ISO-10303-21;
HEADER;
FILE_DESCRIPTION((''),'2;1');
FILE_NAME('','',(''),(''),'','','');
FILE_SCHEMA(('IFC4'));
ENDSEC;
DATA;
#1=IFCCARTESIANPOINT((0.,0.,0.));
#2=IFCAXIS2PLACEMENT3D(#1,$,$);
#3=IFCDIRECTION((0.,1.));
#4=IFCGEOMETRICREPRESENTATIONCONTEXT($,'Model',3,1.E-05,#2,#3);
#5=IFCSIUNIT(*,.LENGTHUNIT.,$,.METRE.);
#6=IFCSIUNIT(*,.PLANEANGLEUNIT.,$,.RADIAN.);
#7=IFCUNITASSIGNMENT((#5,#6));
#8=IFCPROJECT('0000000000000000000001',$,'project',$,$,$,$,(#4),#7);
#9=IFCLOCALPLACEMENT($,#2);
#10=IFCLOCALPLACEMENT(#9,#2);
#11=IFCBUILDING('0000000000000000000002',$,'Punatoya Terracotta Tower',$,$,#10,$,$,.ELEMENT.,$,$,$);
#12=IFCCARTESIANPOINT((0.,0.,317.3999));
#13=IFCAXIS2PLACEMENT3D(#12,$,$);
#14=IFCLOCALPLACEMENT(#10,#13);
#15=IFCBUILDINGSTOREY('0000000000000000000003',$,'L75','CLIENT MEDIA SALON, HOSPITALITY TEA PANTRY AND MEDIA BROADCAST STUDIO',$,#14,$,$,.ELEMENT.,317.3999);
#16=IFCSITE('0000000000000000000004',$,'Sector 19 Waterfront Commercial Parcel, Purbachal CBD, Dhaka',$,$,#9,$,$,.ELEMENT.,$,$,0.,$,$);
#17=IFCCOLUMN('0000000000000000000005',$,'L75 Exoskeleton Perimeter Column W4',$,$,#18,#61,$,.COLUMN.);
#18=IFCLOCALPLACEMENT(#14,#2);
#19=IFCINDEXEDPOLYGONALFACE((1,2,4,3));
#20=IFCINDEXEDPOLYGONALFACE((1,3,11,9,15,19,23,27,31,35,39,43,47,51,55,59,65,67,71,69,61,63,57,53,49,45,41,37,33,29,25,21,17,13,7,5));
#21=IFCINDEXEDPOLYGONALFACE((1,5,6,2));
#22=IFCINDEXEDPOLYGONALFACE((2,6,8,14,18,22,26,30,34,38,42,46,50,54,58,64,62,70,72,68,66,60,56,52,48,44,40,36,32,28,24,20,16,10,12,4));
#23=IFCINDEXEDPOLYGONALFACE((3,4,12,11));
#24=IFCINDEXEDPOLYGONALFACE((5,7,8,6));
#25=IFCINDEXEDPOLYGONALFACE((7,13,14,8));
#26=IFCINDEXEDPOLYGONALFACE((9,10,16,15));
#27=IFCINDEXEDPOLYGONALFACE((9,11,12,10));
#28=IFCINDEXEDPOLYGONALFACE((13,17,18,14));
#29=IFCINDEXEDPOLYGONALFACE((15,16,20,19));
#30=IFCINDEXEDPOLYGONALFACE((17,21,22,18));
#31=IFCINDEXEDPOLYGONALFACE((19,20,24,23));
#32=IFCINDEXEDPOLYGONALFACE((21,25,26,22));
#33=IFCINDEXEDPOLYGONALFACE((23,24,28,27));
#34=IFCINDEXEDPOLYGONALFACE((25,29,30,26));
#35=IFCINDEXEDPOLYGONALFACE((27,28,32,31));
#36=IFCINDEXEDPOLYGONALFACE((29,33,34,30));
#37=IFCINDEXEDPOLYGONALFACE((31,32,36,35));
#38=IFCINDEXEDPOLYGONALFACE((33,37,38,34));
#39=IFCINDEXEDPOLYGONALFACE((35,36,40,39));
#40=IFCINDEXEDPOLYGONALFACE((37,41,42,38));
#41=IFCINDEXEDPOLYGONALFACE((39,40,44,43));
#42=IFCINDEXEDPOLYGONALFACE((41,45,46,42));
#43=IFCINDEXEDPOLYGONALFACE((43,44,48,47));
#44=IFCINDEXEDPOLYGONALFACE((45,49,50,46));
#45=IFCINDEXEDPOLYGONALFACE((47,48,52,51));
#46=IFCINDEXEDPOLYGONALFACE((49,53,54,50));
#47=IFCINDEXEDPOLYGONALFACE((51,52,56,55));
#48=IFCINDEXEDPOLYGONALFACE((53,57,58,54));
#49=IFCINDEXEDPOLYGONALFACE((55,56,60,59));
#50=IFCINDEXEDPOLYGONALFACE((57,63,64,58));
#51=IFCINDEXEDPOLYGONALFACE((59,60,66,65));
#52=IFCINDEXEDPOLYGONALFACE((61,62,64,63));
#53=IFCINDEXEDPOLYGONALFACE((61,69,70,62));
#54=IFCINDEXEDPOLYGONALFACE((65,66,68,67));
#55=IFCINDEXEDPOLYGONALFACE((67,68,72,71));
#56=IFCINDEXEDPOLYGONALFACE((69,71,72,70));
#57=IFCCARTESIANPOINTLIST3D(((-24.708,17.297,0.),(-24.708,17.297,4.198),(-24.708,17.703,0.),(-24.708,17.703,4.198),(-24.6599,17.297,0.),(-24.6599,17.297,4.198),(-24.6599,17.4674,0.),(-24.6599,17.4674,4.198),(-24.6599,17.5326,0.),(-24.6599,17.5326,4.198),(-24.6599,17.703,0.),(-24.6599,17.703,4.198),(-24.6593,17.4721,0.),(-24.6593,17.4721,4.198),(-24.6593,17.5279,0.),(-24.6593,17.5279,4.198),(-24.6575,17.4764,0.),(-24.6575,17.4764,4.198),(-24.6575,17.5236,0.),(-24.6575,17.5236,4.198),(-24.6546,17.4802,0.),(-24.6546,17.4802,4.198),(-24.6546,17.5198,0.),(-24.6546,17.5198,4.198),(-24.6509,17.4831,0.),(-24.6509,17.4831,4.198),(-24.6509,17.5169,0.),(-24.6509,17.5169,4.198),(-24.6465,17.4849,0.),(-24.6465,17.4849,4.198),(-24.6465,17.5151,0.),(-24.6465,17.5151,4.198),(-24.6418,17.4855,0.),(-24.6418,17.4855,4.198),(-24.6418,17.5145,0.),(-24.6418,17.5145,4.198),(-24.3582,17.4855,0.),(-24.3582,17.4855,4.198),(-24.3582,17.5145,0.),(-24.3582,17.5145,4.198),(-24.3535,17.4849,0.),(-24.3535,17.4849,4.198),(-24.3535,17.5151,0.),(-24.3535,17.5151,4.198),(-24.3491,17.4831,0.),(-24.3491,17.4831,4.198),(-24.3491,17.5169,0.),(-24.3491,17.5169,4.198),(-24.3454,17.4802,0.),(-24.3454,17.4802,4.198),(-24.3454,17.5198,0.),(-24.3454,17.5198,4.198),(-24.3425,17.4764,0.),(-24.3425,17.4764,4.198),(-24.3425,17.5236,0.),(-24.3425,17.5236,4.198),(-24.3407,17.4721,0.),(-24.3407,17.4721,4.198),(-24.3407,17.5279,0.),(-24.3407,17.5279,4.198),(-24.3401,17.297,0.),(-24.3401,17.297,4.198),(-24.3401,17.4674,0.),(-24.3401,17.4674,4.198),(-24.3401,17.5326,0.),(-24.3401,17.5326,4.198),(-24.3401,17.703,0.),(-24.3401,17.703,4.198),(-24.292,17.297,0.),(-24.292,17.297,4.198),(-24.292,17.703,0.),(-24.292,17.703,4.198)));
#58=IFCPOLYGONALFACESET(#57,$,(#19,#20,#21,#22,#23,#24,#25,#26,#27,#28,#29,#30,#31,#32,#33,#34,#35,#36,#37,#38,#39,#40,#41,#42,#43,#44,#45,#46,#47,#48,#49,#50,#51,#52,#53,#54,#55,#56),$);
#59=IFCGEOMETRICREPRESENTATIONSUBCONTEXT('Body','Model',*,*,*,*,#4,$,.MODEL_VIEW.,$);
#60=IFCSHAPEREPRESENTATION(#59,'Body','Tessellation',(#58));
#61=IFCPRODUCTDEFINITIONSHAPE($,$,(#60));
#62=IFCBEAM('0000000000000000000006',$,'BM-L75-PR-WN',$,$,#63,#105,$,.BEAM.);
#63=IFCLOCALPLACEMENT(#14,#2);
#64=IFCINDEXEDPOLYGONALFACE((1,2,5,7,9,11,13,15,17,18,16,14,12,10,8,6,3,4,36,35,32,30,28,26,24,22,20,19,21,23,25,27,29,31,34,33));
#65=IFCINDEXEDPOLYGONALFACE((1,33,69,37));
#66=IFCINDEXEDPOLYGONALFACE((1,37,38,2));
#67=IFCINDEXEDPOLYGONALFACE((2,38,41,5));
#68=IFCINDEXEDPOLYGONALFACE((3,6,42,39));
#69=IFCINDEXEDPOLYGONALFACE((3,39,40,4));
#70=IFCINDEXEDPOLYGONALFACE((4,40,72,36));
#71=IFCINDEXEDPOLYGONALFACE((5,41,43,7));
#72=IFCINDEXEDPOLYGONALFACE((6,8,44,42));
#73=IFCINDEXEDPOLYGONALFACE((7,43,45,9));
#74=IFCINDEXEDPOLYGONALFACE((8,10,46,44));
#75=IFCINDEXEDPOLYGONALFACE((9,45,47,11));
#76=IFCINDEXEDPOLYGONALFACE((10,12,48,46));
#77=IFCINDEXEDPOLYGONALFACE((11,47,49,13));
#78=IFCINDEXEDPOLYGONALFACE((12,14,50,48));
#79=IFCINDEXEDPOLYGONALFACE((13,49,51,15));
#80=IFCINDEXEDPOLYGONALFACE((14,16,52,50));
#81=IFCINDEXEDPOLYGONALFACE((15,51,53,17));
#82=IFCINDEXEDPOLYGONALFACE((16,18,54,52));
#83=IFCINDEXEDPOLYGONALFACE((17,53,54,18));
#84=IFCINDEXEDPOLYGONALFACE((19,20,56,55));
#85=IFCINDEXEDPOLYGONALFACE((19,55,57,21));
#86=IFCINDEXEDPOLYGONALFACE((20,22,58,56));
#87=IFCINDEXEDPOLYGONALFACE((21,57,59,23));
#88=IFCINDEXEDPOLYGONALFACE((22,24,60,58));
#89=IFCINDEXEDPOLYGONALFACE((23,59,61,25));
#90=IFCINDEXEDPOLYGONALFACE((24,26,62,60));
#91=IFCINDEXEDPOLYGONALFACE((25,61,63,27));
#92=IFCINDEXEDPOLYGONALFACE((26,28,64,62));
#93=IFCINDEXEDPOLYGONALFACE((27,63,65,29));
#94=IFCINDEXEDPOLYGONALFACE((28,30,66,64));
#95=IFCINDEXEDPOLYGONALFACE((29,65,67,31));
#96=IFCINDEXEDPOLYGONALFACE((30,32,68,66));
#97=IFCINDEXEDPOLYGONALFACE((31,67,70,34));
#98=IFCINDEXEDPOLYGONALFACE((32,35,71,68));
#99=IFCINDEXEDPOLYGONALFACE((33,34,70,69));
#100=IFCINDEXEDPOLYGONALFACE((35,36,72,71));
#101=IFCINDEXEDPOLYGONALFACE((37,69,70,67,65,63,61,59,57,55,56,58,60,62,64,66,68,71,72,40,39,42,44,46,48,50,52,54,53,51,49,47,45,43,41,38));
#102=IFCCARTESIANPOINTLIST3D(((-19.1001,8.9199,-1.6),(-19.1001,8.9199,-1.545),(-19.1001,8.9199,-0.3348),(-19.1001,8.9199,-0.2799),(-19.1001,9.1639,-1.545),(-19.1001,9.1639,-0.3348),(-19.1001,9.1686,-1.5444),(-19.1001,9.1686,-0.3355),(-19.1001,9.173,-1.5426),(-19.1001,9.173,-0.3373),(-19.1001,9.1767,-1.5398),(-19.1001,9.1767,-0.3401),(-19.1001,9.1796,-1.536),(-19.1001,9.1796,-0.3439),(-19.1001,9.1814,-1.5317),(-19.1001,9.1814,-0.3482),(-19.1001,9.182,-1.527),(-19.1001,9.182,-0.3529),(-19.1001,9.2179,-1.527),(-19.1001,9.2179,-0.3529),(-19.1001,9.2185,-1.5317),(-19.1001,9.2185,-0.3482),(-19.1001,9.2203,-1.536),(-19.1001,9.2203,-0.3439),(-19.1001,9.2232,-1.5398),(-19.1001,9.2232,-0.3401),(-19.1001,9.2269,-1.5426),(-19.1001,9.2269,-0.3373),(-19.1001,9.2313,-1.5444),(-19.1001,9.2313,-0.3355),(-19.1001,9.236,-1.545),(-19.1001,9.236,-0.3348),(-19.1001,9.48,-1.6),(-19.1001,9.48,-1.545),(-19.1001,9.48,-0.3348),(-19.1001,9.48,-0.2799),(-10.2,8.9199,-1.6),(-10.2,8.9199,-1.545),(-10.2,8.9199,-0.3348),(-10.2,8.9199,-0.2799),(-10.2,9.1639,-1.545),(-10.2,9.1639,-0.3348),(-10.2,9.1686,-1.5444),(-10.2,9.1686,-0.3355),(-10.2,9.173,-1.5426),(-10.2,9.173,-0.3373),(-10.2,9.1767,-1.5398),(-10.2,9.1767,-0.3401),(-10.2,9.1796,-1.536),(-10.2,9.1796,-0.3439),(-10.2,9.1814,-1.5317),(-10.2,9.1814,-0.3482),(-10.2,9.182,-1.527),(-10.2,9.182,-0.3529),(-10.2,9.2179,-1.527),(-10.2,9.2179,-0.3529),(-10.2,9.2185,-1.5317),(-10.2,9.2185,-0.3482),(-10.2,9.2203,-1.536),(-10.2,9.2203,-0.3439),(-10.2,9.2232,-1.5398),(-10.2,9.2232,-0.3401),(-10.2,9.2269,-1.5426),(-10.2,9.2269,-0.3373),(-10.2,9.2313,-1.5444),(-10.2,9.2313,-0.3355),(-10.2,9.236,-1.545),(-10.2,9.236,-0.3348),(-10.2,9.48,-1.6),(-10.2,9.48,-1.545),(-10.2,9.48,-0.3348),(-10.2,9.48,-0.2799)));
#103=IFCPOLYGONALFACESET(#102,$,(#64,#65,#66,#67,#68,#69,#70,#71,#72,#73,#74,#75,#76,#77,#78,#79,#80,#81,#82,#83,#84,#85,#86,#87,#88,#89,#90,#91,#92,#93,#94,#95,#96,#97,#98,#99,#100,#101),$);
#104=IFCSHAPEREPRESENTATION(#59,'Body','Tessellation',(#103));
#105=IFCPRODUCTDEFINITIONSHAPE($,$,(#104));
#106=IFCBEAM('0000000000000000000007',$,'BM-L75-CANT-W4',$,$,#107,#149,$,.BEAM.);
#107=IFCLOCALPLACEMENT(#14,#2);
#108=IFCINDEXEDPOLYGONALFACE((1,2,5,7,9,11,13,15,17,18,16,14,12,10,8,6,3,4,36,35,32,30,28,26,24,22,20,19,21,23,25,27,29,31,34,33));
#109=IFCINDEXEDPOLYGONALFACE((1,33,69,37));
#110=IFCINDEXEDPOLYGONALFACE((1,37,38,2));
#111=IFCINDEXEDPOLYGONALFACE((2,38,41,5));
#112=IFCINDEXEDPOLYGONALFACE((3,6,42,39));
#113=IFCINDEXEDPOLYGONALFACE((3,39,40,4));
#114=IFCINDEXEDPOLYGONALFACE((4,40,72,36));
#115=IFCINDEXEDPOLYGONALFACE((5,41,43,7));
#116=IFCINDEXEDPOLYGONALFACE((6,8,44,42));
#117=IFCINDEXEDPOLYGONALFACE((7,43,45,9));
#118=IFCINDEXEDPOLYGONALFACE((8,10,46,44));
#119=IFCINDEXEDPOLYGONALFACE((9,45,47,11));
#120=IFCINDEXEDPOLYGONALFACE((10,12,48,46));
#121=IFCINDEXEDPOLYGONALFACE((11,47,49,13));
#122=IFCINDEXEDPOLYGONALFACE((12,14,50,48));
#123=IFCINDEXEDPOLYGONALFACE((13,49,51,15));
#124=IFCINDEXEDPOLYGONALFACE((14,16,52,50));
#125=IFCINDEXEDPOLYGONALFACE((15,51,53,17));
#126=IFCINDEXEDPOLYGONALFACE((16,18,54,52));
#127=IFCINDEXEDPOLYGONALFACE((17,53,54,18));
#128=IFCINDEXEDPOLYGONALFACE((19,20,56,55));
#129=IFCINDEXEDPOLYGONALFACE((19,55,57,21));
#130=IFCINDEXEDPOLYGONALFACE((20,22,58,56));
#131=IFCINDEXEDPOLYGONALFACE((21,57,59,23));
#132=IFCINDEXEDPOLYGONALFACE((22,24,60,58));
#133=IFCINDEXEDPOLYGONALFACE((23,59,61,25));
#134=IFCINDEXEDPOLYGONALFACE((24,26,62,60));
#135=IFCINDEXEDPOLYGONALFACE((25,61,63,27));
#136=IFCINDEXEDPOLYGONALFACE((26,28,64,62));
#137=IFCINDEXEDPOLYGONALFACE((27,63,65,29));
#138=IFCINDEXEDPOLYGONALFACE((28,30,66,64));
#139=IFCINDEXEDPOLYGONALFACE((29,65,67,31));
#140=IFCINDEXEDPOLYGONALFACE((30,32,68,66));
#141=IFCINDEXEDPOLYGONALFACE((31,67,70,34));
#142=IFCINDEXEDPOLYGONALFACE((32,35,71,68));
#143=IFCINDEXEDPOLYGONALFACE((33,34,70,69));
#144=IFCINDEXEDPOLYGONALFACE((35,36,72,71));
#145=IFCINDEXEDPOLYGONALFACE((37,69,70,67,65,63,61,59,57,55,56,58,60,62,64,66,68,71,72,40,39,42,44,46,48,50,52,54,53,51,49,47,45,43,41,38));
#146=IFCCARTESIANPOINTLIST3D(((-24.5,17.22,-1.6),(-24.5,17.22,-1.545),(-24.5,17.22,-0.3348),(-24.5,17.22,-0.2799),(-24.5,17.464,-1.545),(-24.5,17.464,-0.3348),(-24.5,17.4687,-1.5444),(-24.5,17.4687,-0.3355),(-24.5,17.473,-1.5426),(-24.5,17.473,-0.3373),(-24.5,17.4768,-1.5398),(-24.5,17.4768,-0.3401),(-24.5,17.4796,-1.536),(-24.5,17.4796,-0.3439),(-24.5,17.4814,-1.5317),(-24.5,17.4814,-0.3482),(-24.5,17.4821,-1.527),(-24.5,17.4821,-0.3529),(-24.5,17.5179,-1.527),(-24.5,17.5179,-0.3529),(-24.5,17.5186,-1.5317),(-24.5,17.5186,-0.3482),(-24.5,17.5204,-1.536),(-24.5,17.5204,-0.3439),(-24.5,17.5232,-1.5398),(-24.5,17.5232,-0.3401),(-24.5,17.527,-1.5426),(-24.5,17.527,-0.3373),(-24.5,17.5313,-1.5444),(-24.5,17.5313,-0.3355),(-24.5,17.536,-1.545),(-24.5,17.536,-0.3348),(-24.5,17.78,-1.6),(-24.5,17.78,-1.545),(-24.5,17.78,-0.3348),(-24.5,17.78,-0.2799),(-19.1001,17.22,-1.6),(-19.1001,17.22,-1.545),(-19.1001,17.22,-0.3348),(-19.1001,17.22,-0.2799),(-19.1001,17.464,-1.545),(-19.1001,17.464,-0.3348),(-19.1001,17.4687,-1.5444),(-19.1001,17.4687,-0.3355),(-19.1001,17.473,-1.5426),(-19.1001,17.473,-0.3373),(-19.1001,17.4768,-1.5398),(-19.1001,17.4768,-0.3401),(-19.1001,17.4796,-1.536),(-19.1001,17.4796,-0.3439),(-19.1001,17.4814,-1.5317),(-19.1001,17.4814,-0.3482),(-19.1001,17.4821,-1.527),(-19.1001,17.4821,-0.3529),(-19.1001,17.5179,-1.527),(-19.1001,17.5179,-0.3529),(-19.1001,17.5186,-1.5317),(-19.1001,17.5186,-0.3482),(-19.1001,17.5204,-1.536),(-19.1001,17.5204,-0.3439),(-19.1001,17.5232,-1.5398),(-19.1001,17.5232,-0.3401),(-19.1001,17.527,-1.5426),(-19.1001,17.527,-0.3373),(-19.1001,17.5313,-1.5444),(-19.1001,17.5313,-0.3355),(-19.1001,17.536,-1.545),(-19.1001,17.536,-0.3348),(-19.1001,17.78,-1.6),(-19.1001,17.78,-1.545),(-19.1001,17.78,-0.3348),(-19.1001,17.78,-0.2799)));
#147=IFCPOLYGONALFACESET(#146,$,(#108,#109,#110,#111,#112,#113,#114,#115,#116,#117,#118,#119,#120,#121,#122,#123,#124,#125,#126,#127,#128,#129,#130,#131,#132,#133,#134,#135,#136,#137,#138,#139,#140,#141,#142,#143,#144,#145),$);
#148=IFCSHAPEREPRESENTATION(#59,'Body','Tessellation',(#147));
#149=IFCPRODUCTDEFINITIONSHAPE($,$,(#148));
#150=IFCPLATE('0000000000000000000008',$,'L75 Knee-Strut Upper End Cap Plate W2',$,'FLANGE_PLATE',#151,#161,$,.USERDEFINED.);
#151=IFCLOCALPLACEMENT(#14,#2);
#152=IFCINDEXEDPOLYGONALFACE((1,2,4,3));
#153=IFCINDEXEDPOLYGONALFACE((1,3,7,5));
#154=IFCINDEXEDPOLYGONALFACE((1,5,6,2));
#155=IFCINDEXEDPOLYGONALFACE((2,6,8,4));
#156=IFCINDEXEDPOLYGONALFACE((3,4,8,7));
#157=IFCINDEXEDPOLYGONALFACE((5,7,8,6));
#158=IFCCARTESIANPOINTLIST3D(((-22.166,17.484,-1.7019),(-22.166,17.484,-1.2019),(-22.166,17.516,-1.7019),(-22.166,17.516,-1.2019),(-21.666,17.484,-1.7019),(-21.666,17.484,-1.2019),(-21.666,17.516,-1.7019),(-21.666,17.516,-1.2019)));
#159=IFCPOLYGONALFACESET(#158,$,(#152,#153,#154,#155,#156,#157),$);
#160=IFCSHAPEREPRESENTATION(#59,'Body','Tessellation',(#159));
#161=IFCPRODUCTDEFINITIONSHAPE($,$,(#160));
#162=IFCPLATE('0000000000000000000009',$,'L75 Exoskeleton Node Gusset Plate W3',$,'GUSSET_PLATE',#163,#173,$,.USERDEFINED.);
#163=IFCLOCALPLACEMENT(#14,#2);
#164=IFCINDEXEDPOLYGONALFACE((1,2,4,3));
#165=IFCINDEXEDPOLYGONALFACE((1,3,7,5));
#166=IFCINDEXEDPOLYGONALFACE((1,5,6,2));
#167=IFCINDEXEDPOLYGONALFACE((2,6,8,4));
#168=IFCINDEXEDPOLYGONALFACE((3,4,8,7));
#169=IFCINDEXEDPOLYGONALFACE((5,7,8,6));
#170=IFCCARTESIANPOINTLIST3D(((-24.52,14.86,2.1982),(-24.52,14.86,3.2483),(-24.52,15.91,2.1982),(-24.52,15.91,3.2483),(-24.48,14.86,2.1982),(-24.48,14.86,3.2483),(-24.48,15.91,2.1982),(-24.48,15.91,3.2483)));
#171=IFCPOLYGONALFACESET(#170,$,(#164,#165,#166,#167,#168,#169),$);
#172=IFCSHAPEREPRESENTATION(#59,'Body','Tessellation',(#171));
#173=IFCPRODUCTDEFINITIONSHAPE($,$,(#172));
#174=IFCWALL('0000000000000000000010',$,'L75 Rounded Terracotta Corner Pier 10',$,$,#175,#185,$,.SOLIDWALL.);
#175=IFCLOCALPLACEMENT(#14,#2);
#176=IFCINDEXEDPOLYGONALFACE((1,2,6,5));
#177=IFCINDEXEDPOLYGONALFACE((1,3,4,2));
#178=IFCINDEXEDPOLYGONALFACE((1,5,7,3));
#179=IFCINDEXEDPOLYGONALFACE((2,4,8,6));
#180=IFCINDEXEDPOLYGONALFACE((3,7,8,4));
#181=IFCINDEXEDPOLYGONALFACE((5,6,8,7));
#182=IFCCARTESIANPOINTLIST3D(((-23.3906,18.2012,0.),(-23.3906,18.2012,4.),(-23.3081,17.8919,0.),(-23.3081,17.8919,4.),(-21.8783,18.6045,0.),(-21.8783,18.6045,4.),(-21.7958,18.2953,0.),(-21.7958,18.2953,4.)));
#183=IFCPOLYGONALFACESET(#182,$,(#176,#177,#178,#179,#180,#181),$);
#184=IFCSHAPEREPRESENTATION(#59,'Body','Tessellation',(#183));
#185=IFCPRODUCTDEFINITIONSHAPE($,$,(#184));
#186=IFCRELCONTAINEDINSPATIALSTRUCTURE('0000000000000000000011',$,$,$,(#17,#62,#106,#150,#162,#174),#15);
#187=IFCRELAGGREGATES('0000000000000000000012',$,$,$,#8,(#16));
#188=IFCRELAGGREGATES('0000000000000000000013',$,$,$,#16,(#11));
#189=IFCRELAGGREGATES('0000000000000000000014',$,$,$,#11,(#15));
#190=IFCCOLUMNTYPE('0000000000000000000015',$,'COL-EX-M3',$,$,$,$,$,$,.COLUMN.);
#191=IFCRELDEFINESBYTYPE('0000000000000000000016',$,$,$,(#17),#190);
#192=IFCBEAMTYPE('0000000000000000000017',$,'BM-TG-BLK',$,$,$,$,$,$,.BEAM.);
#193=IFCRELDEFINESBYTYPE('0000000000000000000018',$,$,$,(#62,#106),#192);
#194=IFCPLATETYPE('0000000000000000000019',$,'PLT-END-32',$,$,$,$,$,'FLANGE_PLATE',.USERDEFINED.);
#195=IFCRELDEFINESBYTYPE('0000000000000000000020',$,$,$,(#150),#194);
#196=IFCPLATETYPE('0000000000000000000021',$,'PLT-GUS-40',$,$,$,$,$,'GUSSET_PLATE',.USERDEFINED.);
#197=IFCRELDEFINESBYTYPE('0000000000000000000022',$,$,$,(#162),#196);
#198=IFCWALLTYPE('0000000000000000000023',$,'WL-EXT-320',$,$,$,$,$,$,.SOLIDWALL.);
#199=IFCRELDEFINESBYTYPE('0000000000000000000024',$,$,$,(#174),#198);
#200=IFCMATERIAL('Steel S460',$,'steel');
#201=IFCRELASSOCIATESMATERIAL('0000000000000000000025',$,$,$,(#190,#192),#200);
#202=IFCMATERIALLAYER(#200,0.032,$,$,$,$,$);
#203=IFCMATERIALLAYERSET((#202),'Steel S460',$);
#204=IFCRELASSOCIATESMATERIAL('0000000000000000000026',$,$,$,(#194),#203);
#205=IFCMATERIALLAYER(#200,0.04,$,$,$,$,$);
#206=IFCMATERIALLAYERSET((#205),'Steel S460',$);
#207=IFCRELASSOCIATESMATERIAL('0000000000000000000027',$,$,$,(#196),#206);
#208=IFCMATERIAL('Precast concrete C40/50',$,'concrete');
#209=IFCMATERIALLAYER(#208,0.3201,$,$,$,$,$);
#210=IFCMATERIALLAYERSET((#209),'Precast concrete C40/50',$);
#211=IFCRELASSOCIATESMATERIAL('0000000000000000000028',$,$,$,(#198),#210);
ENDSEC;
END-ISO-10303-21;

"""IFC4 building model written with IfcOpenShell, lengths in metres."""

from ifc_helpers import new_model, si_unit, direction, frame, frame_2d, origin, origin_2d, place, context, subcontext, project, spatial, rectangle, i_section, extrude, material, layer, layer_set, material_profile, profile_set, type_object, element, save


model = new_model("IFC4")

# Units and contexts
model_context = context("Model", 3, precision=1e-05, world=origin(), true_north=direction((0.0, 1.0)))
body_context = subcontext(model_context, "Body", "Model", "MODEL_VIEW")
ifc_project = project(units=[si_unit("LENGTHUNIT", "METRE"), si_unit("PLANEANGLEUNIT", "RADIAN")], contexts=[model_context])

# Site, building, storey
site_placement = place(None, origin())
site = spatial("IfcSite", under=ifc_project, at=site_placement, Name="Sector 19 Waterfront Commercial Parcel, Purbachal CBD, Dhaka", CompositionType="ELEMENT", RefElevation=0.0)
building_placement = place(site_placement, origin())
building = spatial("IfcBuilding", under=site, at=building_placement, Name="Punatoya Terracotta Tower", CompositionType="ELEMENT")
storey_placement = place(building_placement, frame((0.0, 0.0, 317.3999)))
storey = spatial("IfcBuildingStorey", under=building, at=storey_placement, Name="L75", Description="CLIENT MEDIA SALON, HOSPITALITY TEA PANTRY AND MEDIA BROADCAST STUDIO", CompositionType="ELEMENT", Elevation=317.3999)

# Column
ifc_material_1 = material(Name="Steel S460", Category="steel")
ifc_material_profile_1 = material_profile(ifc_material_1, i_section(OverallWidth=0.406, OverallDepth=0.416, WebThickness=0.0291, FlangeThickness=0.0481, FilletRadius=0.0181, at=origin_2d()))
ifc_profile_set_1 = profile_set([ifc_material_profile_1], Name="Steel S460")
column_type = type_object("IfcColumnType", Name="COL-EX-M3", PredefinedType="COLUMN", material=ifc_profile_set_1)
column_placement = place(storey_placement, frame((-24.5, 17.5, 0.0), z_axis=(0.0, 0.0, 1.0), x_axis=(0.0, 1.0, 0.0)))
element("IfcColumn", 1, at=column_placement, inside=storey, type_object=column_type, Name="L75 Exoskeleton Perimeter Column W4", PredefinedType="COLUMN", context=body_context, shape_type="SweptSolid", body=[
    extrude(i_section(OverallWidth=0.406, OverallDepth=0.416, WebThickness=0.0291, FlangeThickness=0.0481, FilletRadius=0.0181, at=origin_2d()), origin(), (0.0, 0.0, 1.0), 4.198),
])

# Beams
ifc_material_profile_2 = material_profile(ifc_material_1, i_section(OverallWidth=0.5601, OverallDepth=1.3201, WebThickness=0.0359, FlangeThickness=0.0549, FilletRadius=0.0181, at=origin_2d()))
ifc_profile_set_2 = profile_set([ifc_material_profile_2], Name="Steel S460")
beam_type = type_object("IfcBeamType", Name="BM-TG-BLK", PredefinedType="BEAM", material=ifc_profile_set_2)
beam_1_placement = place(storey_placement, frame((-19.1001, 9.2, -0.9399), z_axis=(1.0, 0.0, 0.0), x_axis=(0.0, 1.0, 0.0)))
element("IfcBeam", 2, at=beam_1_placement, inside=storey, type_object=beam_type, Name="BM-L75-PR-WN", PredefinedType="BEAM", context=body_context, shape_type="SweptSolid", body=[
    extrude(i_section(OverallWidth=0.5601, OverallDepth=1.3201, WebThickness=0.0359, FlangeThickness=0.0549, FilletRadius=0.0181, at=origin_2d()), origin(), (0.0, 0.0, 1.0), 8.9001),
])
beam_2_placement = place(storey_placement, frame((-24.5, 17.5, -0.9399), z_axis=(1.0, 0.0, 0.0), x_axis=(0.0, 1.0, 0.0)))
element("IfcBeam", 3, at=beam_2_placement, inside=storey, type_object=beam_type, Name="BM-L75-CANT-W4", PredefinedType="BEAM", context=body_context, shape_type="SweptSolid", body=[
    extrude(i_section(OverallWidth=0.5601, OverallDepth=1.3201, WebThickness=0.0359, FlangeThickness=0.0549, FilletRadius=0.0181, at=origin_2d()), origin(), (0.0, 0.0, 1.0), 5.3999),
])

# Plates
ifc_layer_1 = layer(ifc_material_1, 0.032)
ifc_layer_set_1 = layer_set([ifc_layer_1], Name="Steel S460")
plate_type_1 = type_object("IfcPlateType", Name="PLT-END-32", ElementType="FLANGE_PLATE", PredefinedType="USERDEFINED", material=ifc_layer_set_1)
plate_1_placement = place(storey_placement, frame((-21.916, 17.5, -1.7019), z_axis=(0.0, 0.0, 1.0), x_axis=(1.0, 0.0, 0.0)))
element("IfcPlate", 4, at=plate_1_placement, inside=storey, type_object=plate_type_1, Name="L75 Knee-Strut Upper End Cap Plate W2", ObjectType="FLANGE_PLATE", PredefinedType="USERDEFINED", context=body_context, shape_type="SweptSolid", body=[
    extrude(rectangle(XDim=0.5, YDim=0.032, at=origin_2d()), origin(), (0.0, 0.0, 1.0), 0.5),
])
ifc_layer_2 = layer(ifc_material_1, 0.04)
ifc_layer_set_2 = layer_set([ifc_layer_2], Name="Steel S460")
plate_type_2 = type_object("IfcPlateType", Name="PLT-GUS-40", ElementType="GUSSET_PLATE", PredefinedType="USERDEFINED", material=ifc_layer_set_2)
plate_2_placement = place(storey_placement, frame((-24.5, 15.385, 2.1982), z_axis=(0.0, 0.0, 1.0), x_axis=(0.0, 1.0, 0.0)))
element("IfcPlate", 5, at=plate_2_placement, inside=storey, type_object=plate_type_2, Name="L75 Exoskeleton Node Gusset Plate W3", ObjectType="GUSSET_PLATE", PredefinedType="USERDEFINED", context=body_context, shape_type="SweptSolid", body=[
    extrude(rectangle(XDim=1.05, YDim=0.04, at=origin_2d()), origin(), (0.0, 0.0, 1.0), 1.05),
])

# Wall
ifc_material_2 = material(Name="Precast concrete C40/50", Category="concrete")
ifc_layer_3 = layer(ifc_material_2, 0.3201)
ifc_layer_set_3 = layer_set([ifc_layer_3], Name="Precast concrete C40/50")
wall_type_1 = type_object("IfcWallType", Name="WL-EXT-320", PredefinedType="SOLIDWALL", material=ifc_layer_set_3)
wall_1_placement = place(storey_placement, frame((-21.8369, 18.45, 0.0), z_axis=(0.0, 0.0, 1.0), x_axis=(-0.966225, -0.257701, 0.0)))
element("IfcWall", 6, at=wall_1_placement, inside=storey, type_object=wall_type_1, Name="L75 Rounded Terracotta Corner Pier 10", PredefinedType="SOLIDWALL", context=body_context, shape_type="SweptSolid", body=[
    extrude(rectangle(XDim=1.5652, YDim=0.3201, at=frame_2d((0.7827, 0.0))), origin(), (0.0, 0.0, 1.0), 4.0),
])

save(model, "model.ifc")
